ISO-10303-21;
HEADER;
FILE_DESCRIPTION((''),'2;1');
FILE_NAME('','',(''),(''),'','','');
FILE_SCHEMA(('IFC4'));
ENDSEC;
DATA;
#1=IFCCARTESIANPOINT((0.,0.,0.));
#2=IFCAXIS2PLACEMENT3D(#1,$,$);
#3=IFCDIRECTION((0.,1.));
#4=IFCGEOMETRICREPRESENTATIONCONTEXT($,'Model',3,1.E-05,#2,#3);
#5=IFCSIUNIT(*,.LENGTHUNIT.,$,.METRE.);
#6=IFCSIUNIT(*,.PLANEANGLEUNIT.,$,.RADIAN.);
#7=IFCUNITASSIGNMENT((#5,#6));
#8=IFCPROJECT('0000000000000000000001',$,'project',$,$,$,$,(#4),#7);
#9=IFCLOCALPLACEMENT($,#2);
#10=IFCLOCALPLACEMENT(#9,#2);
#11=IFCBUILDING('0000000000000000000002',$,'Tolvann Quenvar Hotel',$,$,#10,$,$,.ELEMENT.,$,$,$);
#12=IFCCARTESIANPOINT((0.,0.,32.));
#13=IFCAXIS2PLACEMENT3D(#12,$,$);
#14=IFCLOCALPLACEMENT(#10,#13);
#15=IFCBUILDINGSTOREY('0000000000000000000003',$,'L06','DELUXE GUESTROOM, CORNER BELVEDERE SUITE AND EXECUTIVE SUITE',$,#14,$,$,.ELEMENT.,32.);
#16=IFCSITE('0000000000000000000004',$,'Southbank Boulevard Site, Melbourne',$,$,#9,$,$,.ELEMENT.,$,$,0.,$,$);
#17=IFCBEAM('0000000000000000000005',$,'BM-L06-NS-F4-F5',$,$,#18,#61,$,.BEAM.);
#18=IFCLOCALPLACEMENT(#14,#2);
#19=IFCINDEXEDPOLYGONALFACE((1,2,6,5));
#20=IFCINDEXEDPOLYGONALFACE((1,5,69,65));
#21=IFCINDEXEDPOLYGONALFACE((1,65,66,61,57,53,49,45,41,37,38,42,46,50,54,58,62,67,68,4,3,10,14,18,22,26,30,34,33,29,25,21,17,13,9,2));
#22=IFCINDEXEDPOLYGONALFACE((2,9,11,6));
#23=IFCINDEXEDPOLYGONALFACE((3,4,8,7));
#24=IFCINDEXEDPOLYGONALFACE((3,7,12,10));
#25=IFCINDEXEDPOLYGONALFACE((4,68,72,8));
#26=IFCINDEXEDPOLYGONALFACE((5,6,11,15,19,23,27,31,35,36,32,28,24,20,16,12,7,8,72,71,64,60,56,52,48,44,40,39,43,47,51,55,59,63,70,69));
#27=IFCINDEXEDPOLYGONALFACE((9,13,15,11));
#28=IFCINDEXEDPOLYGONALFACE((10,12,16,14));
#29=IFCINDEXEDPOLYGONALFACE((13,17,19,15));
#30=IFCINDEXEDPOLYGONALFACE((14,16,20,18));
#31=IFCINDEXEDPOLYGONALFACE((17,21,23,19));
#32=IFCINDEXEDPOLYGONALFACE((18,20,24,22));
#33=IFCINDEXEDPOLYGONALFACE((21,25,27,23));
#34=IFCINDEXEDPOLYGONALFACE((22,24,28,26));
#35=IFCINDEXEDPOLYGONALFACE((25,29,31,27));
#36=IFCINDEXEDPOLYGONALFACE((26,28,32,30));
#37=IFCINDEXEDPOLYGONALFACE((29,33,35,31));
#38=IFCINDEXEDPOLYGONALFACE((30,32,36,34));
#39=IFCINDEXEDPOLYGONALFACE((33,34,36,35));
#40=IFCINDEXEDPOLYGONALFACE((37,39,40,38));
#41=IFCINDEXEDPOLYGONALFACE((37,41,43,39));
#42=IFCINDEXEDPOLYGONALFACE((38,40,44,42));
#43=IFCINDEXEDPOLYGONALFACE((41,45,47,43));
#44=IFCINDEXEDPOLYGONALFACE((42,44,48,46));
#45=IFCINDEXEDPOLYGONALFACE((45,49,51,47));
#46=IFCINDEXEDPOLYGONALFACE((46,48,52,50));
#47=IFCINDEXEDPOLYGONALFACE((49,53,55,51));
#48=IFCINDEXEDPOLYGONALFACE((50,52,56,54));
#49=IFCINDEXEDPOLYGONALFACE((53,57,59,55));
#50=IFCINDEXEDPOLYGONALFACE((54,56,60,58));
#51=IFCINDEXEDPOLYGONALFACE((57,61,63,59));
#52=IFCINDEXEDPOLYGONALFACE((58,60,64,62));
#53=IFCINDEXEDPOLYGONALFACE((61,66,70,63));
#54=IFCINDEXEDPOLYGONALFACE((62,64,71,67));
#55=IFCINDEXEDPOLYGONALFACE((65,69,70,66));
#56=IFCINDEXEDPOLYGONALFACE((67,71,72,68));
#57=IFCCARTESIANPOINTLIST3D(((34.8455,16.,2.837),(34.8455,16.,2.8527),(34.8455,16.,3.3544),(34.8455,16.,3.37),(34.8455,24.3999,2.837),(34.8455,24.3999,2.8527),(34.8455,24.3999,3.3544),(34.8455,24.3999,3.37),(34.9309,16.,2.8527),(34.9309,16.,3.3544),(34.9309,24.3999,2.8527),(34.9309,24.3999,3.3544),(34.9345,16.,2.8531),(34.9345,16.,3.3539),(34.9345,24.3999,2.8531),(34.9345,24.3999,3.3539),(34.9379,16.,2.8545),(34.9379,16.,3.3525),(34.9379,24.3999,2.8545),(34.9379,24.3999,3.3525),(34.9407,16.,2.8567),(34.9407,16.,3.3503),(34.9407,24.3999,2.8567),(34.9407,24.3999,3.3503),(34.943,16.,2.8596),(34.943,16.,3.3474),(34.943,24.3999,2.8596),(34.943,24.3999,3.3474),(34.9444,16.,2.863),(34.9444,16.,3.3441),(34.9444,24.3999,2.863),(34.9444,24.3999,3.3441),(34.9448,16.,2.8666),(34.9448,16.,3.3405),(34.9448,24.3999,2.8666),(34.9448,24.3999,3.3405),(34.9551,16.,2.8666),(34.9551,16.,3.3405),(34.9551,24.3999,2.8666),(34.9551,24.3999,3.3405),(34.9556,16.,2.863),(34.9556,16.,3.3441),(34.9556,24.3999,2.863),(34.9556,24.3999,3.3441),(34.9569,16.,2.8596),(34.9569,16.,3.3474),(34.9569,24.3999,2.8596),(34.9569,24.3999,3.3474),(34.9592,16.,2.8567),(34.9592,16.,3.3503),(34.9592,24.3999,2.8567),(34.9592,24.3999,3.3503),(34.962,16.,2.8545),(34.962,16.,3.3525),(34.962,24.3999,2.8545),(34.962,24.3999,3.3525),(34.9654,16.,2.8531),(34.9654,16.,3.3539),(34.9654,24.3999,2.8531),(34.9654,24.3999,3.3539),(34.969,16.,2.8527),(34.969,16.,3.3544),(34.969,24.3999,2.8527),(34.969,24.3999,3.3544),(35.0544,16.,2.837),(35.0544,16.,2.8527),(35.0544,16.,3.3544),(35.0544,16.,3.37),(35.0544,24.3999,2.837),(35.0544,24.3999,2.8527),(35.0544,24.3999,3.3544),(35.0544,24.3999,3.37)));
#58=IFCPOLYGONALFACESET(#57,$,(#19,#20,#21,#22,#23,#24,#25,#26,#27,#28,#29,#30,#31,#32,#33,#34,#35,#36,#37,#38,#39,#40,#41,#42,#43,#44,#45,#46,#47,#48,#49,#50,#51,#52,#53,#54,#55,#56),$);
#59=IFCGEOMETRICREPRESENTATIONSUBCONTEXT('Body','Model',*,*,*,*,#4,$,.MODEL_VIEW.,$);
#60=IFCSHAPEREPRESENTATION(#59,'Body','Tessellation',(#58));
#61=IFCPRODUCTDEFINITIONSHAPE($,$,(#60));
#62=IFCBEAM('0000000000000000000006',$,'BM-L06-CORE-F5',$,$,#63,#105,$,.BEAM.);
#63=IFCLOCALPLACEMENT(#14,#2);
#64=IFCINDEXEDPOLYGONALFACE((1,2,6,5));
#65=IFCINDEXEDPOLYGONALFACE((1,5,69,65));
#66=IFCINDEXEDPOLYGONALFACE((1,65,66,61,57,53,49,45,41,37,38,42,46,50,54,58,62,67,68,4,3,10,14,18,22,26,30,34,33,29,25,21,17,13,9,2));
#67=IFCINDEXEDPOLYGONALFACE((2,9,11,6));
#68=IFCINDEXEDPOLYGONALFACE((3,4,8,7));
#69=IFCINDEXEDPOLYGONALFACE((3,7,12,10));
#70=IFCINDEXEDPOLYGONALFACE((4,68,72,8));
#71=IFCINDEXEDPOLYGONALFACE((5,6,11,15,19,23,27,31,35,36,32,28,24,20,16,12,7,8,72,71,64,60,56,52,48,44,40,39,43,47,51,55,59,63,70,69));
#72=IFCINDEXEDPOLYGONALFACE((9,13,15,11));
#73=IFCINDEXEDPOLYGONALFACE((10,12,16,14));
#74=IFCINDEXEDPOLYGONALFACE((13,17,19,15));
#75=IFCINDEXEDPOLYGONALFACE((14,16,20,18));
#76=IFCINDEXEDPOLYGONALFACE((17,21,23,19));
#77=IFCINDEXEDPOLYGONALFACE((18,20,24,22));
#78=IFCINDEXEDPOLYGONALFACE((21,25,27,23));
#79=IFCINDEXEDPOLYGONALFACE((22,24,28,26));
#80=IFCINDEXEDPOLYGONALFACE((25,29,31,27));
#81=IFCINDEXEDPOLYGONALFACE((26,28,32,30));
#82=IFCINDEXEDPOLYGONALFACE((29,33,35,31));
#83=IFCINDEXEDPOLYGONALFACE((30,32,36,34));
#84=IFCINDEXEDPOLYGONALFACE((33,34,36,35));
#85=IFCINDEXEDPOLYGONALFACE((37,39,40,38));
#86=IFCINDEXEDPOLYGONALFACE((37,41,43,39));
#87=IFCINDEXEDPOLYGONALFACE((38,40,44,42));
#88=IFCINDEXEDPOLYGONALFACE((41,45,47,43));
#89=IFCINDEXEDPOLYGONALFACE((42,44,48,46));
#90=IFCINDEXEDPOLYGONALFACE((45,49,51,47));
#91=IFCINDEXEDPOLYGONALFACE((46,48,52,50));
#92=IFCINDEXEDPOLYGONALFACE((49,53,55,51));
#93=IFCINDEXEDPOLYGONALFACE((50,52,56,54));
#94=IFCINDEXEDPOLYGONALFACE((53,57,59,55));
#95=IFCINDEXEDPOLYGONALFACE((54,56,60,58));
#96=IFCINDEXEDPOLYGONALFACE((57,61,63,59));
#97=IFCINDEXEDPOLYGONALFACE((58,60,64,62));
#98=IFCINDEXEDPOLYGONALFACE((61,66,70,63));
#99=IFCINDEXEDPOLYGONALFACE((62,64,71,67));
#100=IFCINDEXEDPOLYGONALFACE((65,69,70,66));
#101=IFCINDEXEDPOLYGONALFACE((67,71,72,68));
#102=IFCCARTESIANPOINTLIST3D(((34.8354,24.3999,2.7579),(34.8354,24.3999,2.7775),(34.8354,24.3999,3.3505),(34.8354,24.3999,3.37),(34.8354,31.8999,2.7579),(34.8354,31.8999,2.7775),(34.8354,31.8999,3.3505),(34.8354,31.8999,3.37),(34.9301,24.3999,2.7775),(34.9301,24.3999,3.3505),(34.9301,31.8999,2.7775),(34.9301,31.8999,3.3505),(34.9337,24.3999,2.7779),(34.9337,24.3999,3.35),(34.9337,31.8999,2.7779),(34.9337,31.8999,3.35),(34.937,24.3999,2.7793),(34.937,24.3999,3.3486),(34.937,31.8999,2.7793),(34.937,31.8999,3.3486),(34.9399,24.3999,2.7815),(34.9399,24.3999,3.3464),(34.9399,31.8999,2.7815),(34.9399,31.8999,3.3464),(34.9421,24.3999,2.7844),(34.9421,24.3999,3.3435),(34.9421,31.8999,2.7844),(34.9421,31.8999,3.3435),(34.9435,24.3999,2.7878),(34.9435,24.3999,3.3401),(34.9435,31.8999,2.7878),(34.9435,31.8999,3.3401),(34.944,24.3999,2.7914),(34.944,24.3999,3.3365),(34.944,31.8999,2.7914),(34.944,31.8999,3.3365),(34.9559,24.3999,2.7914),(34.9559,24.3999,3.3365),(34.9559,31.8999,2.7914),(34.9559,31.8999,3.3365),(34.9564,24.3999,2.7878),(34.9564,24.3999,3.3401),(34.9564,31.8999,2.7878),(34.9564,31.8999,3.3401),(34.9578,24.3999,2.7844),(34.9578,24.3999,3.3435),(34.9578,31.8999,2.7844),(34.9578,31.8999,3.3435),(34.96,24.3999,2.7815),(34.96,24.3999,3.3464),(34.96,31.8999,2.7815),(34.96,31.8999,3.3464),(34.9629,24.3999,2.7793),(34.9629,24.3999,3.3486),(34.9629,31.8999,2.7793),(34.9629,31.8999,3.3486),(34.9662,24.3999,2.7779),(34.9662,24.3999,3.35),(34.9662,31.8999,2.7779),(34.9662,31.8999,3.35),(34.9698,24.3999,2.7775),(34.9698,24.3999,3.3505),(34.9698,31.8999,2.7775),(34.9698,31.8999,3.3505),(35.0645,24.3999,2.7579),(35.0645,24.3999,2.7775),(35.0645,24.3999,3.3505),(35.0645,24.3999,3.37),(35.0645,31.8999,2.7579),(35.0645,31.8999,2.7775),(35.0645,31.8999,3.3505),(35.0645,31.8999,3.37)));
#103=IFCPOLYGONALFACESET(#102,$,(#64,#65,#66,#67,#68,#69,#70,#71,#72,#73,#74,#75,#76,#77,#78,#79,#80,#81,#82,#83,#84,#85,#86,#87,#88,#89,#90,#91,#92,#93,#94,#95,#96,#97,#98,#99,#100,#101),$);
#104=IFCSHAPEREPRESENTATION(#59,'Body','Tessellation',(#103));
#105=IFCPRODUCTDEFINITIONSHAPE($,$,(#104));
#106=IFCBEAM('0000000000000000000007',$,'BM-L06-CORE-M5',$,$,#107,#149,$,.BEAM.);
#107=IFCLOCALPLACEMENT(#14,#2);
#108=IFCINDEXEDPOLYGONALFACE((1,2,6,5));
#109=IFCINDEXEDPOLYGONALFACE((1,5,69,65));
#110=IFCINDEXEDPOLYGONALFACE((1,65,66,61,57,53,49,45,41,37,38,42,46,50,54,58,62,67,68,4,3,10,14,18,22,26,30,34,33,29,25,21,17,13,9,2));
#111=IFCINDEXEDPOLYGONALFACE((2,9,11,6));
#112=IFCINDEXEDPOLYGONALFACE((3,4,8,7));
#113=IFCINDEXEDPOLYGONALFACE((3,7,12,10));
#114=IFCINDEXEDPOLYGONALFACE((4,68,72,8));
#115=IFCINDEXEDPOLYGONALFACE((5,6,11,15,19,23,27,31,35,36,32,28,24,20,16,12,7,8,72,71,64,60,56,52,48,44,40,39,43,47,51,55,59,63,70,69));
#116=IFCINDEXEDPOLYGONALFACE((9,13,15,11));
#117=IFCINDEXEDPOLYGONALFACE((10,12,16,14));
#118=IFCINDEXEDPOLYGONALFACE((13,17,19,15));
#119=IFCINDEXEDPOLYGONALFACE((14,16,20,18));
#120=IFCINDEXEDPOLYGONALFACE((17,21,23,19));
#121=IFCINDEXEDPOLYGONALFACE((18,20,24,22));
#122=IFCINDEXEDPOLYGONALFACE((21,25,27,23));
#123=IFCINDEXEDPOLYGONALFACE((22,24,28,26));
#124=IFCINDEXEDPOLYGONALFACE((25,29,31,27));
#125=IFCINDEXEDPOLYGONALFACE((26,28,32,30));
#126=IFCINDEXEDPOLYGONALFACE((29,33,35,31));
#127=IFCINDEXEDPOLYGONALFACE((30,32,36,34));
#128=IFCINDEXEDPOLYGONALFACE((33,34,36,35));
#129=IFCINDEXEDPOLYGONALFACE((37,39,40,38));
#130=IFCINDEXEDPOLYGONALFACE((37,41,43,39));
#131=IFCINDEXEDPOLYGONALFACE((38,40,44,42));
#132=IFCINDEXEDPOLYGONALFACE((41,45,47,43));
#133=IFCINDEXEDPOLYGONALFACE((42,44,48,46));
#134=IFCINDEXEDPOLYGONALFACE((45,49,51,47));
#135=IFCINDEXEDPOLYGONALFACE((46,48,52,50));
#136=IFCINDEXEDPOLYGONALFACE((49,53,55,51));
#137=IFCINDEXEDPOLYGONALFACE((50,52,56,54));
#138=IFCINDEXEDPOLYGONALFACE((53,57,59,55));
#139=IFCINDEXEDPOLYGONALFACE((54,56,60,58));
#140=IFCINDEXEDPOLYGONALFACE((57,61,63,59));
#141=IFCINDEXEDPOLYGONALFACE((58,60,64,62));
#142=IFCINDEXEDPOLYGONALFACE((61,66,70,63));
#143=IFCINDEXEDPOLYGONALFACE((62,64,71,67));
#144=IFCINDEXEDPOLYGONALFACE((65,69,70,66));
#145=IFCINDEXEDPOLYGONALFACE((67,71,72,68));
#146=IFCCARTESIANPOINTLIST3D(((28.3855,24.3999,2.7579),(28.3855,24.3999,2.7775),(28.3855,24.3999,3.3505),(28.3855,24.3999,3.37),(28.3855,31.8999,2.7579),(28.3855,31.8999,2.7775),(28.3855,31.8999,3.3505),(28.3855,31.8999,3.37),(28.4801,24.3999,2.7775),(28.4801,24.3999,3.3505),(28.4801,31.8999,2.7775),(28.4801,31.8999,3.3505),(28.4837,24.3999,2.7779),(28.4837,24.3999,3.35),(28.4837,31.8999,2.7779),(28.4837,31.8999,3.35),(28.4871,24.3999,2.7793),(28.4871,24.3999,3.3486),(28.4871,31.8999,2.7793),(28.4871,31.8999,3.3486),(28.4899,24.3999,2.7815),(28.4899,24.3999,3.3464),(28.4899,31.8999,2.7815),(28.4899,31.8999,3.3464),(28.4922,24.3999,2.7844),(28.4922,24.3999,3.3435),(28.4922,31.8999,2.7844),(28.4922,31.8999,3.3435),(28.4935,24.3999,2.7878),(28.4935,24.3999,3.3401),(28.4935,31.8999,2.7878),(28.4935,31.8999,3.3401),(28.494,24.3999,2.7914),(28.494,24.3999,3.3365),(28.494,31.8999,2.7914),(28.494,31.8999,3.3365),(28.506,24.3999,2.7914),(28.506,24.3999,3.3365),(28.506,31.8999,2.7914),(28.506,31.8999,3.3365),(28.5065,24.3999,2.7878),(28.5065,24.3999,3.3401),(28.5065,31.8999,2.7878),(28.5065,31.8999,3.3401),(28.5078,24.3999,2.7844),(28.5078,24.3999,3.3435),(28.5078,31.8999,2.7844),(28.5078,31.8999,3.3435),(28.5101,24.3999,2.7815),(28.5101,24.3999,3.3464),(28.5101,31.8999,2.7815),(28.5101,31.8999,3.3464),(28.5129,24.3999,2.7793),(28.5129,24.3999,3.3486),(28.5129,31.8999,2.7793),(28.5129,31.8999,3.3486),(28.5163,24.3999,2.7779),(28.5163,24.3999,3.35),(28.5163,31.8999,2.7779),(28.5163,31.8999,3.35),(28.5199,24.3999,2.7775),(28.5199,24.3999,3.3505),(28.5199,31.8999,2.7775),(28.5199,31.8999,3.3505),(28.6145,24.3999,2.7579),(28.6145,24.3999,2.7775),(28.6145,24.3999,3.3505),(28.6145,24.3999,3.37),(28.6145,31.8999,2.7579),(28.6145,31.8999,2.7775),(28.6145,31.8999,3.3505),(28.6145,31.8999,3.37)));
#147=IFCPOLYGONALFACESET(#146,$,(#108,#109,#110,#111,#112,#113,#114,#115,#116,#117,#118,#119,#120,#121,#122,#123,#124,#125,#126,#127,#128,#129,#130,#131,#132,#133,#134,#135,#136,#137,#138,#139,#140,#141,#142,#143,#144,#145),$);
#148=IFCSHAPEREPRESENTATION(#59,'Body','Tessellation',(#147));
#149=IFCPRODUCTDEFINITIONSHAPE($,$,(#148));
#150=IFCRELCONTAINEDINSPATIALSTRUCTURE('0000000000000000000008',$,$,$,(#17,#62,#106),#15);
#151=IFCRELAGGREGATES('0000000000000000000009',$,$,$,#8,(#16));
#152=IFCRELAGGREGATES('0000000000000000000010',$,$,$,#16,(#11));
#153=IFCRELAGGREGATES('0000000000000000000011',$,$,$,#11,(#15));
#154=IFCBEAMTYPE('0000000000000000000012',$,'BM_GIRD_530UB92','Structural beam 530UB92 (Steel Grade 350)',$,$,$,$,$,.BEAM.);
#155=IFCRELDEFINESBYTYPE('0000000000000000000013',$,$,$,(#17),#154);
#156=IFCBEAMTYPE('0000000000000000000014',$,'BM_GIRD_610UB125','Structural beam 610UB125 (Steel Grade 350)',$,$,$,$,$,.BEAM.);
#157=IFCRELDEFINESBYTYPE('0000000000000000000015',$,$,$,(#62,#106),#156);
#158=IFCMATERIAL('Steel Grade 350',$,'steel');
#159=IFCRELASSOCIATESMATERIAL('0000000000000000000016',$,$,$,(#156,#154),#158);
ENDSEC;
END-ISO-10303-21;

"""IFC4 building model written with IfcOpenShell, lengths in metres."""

from ifc_helpers import new_model, si_unit, direction, frame, origin, origin_2d, place, context, subcontext, project, spatial, i_section, extrude, source, transform, mapped, material, material_profile, profile_set, type_object, type_shapes, element, save


model = new_model("IFC4")

# Units and contexts
model_context = context("Model", 3, precision=1e-05, world=origin(), true_north=direction((0.0, 1.0)))
body_context = subcontext(model_context, "Body", "Model", "MODEL_VIEW")
ifc_project = project(units=[si_unit("LENGTHUNIT", "METRE"), si_unit("PLANEANGLEUNIT", "RADIAN")], contexts=[model_context])

# Site, building, storey
site_placement = place(None, origin())
site = spatial("IfcSite", under=ifc_project, at=site_placement, Name="Southbank Boulevard Site, Melbourne", CompositionType="ELEMENT", RefElevation=0.0)
building_placement = place(site_placement, origin())
building = spatial("IfcBuilding", under=site, at=building_placement, Name="Tolvann Quenvar Hotel", CompositionType="ELEMENT")
storey_placement = place(building_placement, frame((0.0, 0.0, 32.0)))
storey = spatial("IfcBuildingStorey", under=building, at=storey_placement, Name="L06", Description="DELUXE GUESTROOM, CORNER BELVEDERE SUITE AND EXECUTIVE SUITE", CompositionType="ELEMENT", Elevation=32.0)

# Shared definitions
ifc_material_1 = material(Name="Steel Grade 350", Category="steel")

# Beams
ifc_material_profile_1 = material_profile(ifc_material_1, i_section(OverallWidth=0.229, OverallDepth=0.6121, WebThickness=0.012, FlangeThickness=0.0195, FilletRadius=0.0139, at=origin_2d()), Name="610UB125")
ifc_profile_set_1 = profile_set([ifc_material_profile_1], Name="Steel Grade 350")
beam_type_1 = type_object("IfcBeamType", Name="BM_GIRD_610UB125", Description="Structural beam 610UB125 (Steel Grade 350)", PredefinedType="BEAM", material=ifc_profile_set_1)
ifc_material_profile_2 = material_profile(ifc_material_1, i_section(OverallWidth=0.209, OverallDepth=0.533, WebThickness=0.0103, FlangeThickness=0.0156, FilletRadius=0.0139, at=origin_2d()), Name="530UB92")
ifc_profile_set_2 = profile_set([ifc_material_profile_2], Name="Steel Grade 350")
beam_type_2 = type_object("IfcBeamType", Name="BM_GIRD_530UB92", Description="Structural beam 530UB92 (Steel Grade 350)", PredefinedType="BEAM", material=ifc_profile_set_2)
shared_shape_1 = source(origin(), body_context, "Body", "SweptSolid", [
    extrude(i_section(OverallWidth=0.209, OverallDepth=0.533, WebThickness=0.0103, FlangeThickness=0.0156, FilletRadius=0.0139, at=origin_2d()), origin(), (0.0, 0.0, 1.0), 8.3999),
])
type_shapes(beam_type_2, [shared_shape_1])
beam_1_placement = place(storey_placement, frame((34.95, 16.0, 3.1035), z_axis=(0.0, 1.0, 0.0), x_axis=(-1.0, 0.0, 0.0)))
element("IfcBeam", 1, at=beam_1_placement, inside=storey, type_object=beam_type_2, Name="BM-L06-NS-F4-F5", PredefinedType="BEAM", context=body_context, shape_type="MappedRepresentation", body=[
    mapped(shared_shape_1, transform((0.0, 0.0, 0.0), x_axis=(1.0, 0.0, 0.0), y_axis=(0.0, 1.0, 0.0), z_axis=(0.0, 0.0, 1.0), scale=1.0)),
])
shared_shape_2 = source(origin(), body_context, "Body", "SweptSolid", [
    extrude(i_section(OverallWidth=0.229, OverallDepth=0.6121, WebThickness=0.012, FlangeThickness=0.0195, FilletRadius=0.0139, at=origin_2d()), origin(), (0.0, 0.0, 1.0), 7.5),
])
for number, where, z_axis, x_axis, name in (
    (2, (34.95, 24.3999, 3.064), (0.0, 1.0, 0.0), (-1.0, 0.0, 0.0), "BM-L06-CORE-F5"),
    (3, (28.5, 24.3999, 3.064), (0.0, 1.0, 0.0), (-1.0, 0.0, 0.0), "BM-L06-CORE-M5"),
):
    element("IfcBeam", number, at=place(storey_placement, frame(where, z_axis=z_axis, x_axis=x_axis)), inside=storey, type_object=beam_type_1, Name=name, PredefinedType="BEAM", context=body_context, shape_type="MappedRepresentation", body=[
        mapped(shared_shape_2, transform((0.0, 0.0, 0.0), x_axis=(1.0, 0.0, 0.0), y_axis=(0.0, 1.0, 0.0), z_axis=(0.0, 0.0, 1.0), scale=1.0)),
    ])

save(model, "model.ifc")
